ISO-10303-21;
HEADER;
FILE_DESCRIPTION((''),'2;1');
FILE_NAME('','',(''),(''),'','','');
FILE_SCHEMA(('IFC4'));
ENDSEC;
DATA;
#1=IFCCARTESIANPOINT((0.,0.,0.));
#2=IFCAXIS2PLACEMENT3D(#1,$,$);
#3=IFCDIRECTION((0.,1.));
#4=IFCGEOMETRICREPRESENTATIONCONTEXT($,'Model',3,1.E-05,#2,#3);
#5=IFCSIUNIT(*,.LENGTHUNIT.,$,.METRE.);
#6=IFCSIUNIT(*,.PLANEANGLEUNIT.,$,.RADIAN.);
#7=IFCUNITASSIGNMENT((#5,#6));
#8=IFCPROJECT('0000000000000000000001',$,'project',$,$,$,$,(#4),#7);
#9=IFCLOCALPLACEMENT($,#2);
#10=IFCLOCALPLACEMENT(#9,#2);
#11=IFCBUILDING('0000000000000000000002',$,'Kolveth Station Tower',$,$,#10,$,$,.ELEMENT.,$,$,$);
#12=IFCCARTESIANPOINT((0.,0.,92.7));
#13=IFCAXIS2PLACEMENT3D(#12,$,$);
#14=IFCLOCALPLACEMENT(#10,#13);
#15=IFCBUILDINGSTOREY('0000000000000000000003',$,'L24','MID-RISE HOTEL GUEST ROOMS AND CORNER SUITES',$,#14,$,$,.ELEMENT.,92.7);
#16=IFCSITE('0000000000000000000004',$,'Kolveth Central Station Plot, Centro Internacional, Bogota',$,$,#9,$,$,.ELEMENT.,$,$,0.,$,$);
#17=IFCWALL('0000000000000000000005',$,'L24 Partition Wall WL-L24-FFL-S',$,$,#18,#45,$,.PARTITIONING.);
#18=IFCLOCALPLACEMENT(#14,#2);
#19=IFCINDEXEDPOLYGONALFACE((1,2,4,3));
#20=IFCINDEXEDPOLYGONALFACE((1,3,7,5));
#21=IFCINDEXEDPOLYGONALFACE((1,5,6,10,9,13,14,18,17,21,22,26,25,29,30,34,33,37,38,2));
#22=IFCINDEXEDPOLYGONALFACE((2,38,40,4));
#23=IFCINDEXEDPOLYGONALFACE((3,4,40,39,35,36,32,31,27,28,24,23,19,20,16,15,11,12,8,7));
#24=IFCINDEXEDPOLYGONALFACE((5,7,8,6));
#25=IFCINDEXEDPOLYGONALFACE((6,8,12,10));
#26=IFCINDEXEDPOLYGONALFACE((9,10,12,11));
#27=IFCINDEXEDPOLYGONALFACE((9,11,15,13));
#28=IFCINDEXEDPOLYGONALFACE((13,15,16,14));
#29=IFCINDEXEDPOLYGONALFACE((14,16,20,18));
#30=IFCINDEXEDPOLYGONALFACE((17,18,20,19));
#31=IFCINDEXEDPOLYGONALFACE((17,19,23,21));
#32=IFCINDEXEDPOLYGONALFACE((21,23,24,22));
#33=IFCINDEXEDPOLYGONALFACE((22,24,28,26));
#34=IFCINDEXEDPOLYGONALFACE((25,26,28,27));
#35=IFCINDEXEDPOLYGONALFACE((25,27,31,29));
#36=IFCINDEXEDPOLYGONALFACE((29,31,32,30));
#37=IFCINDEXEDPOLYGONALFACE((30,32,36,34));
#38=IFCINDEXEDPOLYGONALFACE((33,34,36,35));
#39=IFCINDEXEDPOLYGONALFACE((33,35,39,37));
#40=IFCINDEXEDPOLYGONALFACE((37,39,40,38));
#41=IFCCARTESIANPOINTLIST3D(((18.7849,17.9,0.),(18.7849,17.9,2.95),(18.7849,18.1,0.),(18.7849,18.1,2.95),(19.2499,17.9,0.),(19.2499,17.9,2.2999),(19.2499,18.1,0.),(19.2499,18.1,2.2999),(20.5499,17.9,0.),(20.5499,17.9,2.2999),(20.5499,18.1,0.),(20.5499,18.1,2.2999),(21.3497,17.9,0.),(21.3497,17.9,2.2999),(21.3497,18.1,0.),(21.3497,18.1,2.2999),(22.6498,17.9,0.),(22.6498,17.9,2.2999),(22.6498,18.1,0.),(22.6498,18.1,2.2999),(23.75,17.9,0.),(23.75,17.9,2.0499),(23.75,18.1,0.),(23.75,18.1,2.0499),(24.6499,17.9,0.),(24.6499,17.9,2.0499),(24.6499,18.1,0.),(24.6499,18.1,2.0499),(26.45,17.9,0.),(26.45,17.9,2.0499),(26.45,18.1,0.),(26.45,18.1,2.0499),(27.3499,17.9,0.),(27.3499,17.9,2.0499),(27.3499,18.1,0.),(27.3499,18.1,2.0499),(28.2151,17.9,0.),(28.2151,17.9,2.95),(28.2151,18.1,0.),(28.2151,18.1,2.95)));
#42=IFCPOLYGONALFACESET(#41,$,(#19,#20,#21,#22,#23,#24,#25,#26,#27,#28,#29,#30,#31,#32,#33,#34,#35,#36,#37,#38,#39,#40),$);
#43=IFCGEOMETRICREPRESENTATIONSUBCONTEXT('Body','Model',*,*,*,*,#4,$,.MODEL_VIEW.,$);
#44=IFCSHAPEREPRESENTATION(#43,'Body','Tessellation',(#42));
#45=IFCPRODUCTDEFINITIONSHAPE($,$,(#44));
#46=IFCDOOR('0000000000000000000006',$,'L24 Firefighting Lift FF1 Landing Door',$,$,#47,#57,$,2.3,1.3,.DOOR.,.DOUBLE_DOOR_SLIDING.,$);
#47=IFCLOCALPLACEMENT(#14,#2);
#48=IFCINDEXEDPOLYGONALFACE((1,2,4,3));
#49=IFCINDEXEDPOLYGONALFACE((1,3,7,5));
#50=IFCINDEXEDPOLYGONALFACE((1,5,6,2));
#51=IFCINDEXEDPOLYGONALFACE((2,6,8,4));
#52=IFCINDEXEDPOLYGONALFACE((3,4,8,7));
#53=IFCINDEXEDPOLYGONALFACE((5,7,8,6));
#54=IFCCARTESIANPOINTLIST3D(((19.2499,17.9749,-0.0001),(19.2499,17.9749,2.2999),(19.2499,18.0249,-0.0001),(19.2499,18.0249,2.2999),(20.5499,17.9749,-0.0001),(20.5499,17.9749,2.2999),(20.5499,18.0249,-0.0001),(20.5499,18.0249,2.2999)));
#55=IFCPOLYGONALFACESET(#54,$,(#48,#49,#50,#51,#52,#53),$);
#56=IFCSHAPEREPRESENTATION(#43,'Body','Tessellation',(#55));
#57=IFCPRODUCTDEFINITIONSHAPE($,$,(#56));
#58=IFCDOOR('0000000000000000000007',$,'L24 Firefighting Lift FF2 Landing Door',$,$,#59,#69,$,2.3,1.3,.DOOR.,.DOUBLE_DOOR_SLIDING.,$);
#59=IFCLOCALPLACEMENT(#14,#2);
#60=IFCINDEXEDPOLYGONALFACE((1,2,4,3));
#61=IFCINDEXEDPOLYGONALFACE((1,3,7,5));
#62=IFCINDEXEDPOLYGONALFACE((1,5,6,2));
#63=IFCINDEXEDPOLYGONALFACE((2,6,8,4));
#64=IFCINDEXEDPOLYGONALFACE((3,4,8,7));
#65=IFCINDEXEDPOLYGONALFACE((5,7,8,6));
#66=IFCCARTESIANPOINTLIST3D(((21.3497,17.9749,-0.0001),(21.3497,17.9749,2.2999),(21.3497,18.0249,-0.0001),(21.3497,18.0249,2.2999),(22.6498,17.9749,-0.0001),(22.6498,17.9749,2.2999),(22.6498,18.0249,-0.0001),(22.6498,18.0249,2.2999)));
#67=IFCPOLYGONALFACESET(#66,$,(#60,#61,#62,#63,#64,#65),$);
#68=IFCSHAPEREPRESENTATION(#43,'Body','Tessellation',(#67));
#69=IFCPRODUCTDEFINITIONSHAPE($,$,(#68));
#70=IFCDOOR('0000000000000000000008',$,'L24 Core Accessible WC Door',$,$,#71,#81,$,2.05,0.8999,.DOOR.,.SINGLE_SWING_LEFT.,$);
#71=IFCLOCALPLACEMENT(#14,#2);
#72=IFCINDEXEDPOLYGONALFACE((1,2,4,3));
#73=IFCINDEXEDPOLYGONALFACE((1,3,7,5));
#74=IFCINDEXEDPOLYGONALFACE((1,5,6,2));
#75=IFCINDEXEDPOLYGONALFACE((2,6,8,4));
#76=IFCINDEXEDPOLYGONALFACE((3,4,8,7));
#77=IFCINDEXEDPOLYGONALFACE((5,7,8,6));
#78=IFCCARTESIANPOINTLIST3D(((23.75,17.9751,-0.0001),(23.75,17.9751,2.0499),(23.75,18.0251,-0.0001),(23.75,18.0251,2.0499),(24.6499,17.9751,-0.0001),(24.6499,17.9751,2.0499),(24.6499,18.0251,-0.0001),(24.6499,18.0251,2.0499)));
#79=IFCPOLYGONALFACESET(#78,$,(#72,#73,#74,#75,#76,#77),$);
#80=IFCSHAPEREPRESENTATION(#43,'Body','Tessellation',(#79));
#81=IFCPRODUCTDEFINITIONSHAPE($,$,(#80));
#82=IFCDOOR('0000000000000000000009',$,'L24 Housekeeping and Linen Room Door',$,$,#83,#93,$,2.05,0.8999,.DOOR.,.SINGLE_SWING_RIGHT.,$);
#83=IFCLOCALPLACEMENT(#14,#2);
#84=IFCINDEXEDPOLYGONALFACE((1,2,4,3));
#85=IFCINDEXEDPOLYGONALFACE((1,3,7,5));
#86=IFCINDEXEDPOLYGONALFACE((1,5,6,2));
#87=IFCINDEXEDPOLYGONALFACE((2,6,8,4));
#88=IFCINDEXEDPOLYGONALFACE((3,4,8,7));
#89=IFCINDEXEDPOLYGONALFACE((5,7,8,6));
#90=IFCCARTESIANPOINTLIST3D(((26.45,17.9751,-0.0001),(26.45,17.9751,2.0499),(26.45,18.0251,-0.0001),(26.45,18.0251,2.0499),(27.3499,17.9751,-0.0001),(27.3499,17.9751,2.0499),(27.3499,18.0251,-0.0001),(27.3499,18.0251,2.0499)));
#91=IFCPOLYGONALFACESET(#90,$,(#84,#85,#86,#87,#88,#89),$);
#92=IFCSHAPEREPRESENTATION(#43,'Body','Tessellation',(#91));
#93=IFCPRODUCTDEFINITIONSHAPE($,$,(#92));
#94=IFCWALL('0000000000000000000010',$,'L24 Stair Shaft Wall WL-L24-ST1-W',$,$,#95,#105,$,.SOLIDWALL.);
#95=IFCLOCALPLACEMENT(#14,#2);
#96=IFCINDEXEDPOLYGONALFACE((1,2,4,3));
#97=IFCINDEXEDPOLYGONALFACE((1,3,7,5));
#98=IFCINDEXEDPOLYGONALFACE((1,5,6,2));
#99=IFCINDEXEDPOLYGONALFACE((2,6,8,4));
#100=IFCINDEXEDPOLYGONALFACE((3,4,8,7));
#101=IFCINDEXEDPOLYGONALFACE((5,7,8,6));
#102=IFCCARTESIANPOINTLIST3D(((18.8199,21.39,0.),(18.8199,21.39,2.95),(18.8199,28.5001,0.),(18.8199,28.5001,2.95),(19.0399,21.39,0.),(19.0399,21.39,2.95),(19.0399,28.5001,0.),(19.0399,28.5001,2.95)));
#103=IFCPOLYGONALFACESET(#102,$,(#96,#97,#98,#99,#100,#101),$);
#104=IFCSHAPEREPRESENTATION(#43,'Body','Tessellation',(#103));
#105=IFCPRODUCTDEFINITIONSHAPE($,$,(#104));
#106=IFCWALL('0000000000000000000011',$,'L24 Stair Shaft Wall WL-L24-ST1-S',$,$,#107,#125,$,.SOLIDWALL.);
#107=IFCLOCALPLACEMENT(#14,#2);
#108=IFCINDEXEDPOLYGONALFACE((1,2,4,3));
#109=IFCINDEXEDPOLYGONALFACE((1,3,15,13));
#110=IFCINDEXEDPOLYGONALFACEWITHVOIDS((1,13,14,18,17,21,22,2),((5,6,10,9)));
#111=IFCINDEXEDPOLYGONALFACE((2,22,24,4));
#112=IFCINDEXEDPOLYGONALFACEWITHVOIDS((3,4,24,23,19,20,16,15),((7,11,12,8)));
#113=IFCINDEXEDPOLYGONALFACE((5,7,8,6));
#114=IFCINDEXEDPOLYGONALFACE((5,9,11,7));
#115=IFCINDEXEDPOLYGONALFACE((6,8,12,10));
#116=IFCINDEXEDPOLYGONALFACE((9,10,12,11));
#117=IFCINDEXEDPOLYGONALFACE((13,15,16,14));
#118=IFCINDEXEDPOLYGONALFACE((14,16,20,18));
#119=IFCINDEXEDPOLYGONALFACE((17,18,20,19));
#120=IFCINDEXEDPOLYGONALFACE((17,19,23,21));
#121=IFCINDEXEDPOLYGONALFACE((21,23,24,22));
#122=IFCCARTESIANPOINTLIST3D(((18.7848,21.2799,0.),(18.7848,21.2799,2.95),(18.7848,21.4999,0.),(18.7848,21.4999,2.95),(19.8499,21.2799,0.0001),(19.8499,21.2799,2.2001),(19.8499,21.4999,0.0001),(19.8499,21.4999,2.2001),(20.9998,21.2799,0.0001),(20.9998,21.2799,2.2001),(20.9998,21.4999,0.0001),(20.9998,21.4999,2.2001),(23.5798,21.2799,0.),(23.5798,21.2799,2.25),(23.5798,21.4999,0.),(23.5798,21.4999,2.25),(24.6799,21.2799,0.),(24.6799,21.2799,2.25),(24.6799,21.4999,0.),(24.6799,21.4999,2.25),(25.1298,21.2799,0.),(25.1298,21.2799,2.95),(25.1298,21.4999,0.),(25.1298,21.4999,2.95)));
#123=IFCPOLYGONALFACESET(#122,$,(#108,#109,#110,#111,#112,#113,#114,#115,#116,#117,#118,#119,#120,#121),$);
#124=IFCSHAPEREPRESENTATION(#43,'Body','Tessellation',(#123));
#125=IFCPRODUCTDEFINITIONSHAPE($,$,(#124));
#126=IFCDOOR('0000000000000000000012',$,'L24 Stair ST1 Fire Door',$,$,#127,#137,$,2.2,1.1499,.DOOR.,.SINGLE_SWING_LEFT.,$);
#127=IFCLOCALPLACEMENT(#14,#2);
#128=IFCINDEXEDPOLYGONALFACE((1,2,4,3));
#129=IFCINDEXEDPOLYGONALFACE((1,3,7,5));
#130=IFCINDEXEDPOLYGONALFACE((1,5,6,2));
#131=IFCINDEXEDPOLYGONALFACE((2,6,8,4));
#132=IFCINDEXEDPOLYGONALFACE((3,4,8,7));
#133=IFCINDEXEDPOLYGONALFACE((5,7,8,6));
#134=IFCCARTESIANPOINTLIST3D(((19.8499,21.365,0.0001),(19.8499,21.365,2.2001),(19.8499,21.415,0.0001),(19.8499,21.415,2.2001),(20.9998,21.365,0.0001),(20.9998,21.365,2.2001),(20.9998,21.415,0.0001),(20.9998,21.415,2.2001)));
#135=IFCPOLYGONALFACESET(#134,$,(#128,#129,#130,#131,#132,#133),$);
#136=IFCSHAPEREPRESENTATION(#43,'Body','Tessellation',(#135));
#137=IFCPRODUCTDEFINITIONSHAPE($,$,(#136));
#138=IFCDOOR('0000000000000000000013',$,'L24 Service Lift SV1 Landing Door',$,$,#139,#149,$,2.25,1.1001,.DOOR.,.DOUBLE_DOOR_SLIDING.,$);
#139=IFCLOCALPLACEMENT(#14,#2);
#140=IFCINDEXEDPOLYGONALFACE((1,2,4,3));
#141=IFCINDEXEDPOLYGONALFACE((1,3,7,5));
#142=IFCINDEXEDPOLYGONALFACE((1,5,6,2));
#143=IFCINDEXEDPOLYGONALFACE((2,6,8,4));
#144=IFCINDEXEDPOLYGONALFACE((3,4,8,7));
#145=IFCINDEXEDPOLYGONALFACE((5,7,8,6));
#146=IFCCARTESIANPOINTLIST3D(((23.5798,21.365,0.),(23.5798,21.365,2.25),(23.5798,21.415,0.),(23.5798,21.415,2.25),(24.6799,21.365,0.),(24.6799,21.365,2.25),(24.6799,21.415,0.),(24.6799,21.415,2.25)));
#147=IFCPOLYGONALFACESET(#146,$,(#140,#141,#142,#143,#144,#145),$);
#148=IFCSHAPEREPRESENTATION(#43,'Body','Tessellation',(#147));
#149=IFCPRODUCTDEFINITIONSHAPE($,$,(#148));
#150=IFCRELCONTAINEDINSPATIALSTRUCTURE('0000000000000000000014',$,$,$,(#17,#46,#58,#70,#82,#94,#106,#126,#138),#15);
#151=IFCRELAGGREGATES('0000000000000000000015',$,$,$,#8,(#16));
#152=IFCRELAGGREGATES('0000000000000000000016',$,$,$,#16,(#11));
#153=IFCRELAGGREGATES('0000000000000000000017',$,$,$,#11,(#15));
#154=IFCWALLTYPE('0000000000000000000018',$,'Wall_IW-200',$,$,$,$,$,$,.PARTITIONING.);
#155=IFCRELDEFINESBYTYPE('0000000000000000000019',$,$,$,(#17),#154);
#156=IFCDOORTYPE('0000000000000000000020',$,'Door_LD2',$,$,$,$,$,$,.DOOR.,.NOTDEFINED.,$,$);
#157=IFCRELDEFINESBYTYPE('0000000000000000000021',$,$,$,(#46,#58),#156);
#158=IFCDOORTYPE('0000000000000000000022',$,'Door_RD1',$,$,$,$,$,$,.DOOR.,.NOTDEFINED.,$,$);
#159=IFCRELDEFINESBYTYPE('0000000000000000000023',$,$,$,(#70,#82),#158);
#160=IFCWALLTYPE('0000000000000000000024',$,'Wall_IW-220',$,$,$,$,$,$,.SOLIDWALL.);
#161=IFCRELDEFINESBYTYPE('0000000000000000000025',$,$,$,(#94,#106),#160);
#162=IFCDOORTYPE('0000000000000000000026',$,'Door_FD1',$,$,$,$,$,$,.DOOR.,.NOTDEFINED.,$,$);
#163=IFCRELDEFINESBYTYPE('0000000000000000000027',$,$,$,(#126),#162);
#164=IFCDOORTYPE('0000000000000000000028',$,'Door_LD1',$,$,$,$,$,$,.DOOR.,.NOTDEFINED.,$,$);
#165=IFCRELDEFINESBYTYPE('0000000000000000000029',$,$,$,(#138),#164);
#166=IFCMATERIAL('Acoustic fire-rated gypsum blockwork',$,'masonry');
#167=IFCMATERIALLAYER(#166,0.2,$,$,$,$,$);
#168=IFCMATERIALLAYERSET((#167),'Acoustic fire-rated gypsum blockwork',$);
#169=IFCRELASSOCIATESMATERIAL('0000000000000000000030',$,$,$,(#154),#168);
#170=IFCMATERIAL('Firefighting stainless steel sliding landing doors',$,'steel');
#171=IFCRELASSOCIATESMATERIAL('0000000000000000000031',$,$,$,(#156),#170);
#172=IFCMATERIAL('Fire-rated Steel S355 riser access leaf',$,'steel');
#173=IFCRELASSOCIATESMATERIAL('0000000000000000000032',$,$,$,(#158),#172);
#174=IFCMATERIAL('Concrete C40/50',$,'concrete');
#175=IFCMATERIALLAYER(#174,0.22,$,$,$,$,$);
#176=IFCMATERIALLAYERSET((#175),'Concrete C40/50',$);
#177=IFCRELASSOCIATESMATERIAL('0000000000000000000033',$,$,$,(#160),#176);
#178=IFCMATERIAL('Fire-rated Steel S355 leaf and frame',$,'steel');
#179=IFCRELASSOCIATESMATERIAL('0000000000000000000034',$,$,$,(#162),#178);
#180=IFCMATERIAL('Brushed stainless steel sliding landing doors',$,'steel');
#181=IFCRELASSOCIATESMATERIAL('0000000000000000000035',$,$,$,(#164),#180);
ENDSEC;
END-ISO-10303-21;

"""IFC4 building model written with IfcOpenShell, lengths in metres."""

from ifc_helpers import new_model, si_unit, direction, frame, frame_2d, origin, place, context, subcontext, project, spatial, rectangle, extrude, material, layer, layer_set, type_object, element, fill, save


model = new_model("IFC4")

# Units and contexts
model_context = context("Model", 3, precision=1e-05, world=origin(), true_north=direction((0.0, 1.0)))
body_context = subcontext(model_context, "Body", "Model", "MODEL_VIEW")
ifc_project = project(units=[si_unit("LENGTHUNIT", "METRE"), si_unit("PLANEANGLEUNIT", "RADIAN")], contexts=[model_context])

# Site, building, storey
site_placement = place(None, origin())
site = spatial("IfcSite", under=ifc_project, at=site_placement, Name="Kolveth Central Station Plot, Centro Internacional, Bogota", CompositionType="ELEMENT", RefElevation=0.0)
building_placement = place(site_placement, origin())
building = spatial("IfcBuilding", under=site, at=building_placement, Name="Kolveth Station Tower", CompositionType="ELEMENT")
storey_placement = place(building_placement, frame((0.0, 0.0, 92.7)))
storey = spatial("IfcBuildingStorey", under=building, at=storey_placement, Name="L24", Description="MID-RISE HOTEL GUEST ROOMS AND CORNER SUITES", CompositionType="ELEMENT", Elevation=92.7)

# Wall, openings, doors
ifc_material_1 = material(Name="Acoustic fire-rated gypsum blockwork", Category="masonry")
ifc_layer_1 = layer(ifc_material_1, 0.2)
ifc_layer_set_1 = layer_set([ifc_layer_1], Name="Acoustic fire-rated gypsum blockwork")
wall_type_1 = type_object("IfcWallType", Name="Wall_IW-200", PredefinedType="PARTITIONING", material=ifc_layer_set_1)
wall_1_placement = place(storey_placement, frame((18.7849, 18.0, 0.0), z_axis=(0.0, 0.0, 1.0), x_axis=(1.0, 0.0, 0.0)))
wall_1 = element("IfcWall", 1, at=wall_1_placement, inside=storey, type_object=wall_type_1, Name="L24 Partition Wall WL-L24-FFL-S", PredefinedType="PARTITIONING", context=body_context, shape_type="SweptSolid", body=[
    extrude(rectangle(XDim=9.4302, YDim=0.2, at=frame_2d((4.7151, 0.0))), origin(), (0.0, 0.0, 1.0), 2.95),
])
opening_1_placement = place(wall_1_placement, frame((0.4651, 0.0, 0.0)))
opening_1 = element("IfcOpeningElement", 2, at=opening_1_placement, cuts=wall_1, PredefinedType="OPENING", context=body_context, shape_type="SweptSolid", body=[
    extrude(rectangle(XDim=1.3, YDim=2.3, at=frame_2d((0.6499, 1.1499))), frame((0.0, 0.1099, 0.0), z_axis=(0.0, -1.0, 0.0), x_axis=(1.0, 0.0, 0.0)), (0.0, 0.0, 1.0), 0.22),
])
opening_2_placement = place(wall_1_placement, frame((2.5649, 0.0, 0.0)))
opening_2 = element("IfcOpeningElement", 3, at=opening_2_placement, cuts=wall_1, PredefinedType="OPENING", context=body_context, shape_type="SweptSolid", body=[
    extrude(rectangle(XDim=1.3, YDim=2.3, at=frame_2d((0.6499, 1.1499))), frame((0.0, 0.1099, 0.0), z_axis=(0.0, -1.0, 0.0), x_axis=(1.0, 0.0, 0.0)), (0.0, 0.0, 1.0), 0.22),
])
opening_3_placement = place(wall_1_placement, frame((4.9651, 0.0, 0.0)))
opening_3 = element("IfcOpeningElement", 4, at=opening_3_placement, cuts=wall_1, PredefinedType="OPENING", context=body_context, shape_type="SweptSolid", body=[
    extrude(rectangle(XDim=0.8999, YDim=2.05, at=frame_2d((0.45, 1.0249))), frame((0.0, 0.1099, 0.0), z_axis=(0.0, -1.0, 0.0), x_axis=(1.0, 0.0, 0.0)), (0.0, 0.0, 1.0), 0.22),
])
opening_4_placement = place(wall_1_placement, frame((7.665, 0.0, 0.0)))
opening_4 = element("IfcOpeningElement", 5, at=opening_4_placement, cuts=wall_1, PredefinedType="OPENING", context=body_context, shape_type="SweptSolid", body=[
    extrude(rectangle(XDim=0.8999, YDim=2.05, at=frame_2d((0.45, 1.0249))), frame((0.0, 0.1099, 0.0), z_axis=(0.0, -1.0, 0.0), x_axis=(1.0, 0.0, 0.0)), (0.0, 0.0, 1.0), 0.22),
])
ifc_material_2 = material(Name="Firefighting stainless steel sliding landing doors", Category="steel")
door_type_1 = type_object("IfcDoorType", Name="Door_LD2", OperationType="NOTDEFINED", PredefinedType="DOOR", material=ifc_material_2)
door_1_placement = place(opening_1_placement, origin())
door_1 = element("IfcDoor", 6, at=door_1_placement, inside=storey, type_object=door_type_1, Name="L24 Firefighting Lift FF1 Landing Door", OperationType="DOUBLE_DOOR_SLIDING", OverallHeight=2.3, OverallWidth=1.3, PredefinedType="DOOR", context=body_context, shape_type="SweptSolid", body=[
    extrude(rectangle(XDim=1.3, YDim=2.3, at=frame_2d((0.6499, 1.1499))), frame((0.0, 0.0249, 0.0), z_axis=(0.0, -1.0, 0.0), x_axis=(1.0, 0.0, 0.0)), (0.0, 0.0, 1.0), 0.05),
])
fill(opening_1, door_1)
door_2_placement = place(opening_2_placement, origin())
door_2 = element("IfcDoor", 7, at=door_2_placement, inside=storey, type_object=door_type_1, Name="L24 Firefighting Lift FF2 Landing Door", OperationType="DOUBLE_DOOR_SLIDING", OverallHeight=2.3, OverallWidth=1.3, PredefinedType="DOOR", context=body_context, shape_type="SweptSolid", body=[
    extrude(rectangle(XDim=1.3, YDim=2.3, at=frame_2d((0.6499, 1.1499))), frame((0.0, 0.0249, 0.0), z_axis=(0.0, -1.0, 0.0), x_axis=(1.0, 0.0, 0.0)), (0.0, 0.0, 1.0), 0.05),
])
fill(opening_2, door_2)
ifc_material_3 = material(Name="Fire-rated Steel S355 riser access leaf", Category="steel")
door_type_2 = type_object("IfcDoorType", Name="Door_RD1", OperationType="NOTDEFINED", PredefinedType="DOOR", material=ifc_material_3)
door_3_placement = place(opening_3_placement, frame((0.8999, 0.0, 0.0), z_axis=(0.0, 0.0, 1.0), x_axis=(-1.0, 0.0, 0.0)))
door_3 = element("IfcDoor", 8, at=door_3_placement, inside=storey, type_object=door_type_2, Name="L24 Core Accessible WC Door", OperationType="SINGLE_SWING_LEFT", OverallHeight=2.05, OverallWidth=0.8999, PredefinedType="DOOR", context=body_context, shape_type="SweptSolid", body=[
    extrude(rectangle(XDim=0.8999, YDim=2.05, at=frame_2d((0.45, 1.0249))), frame((0.0, 0.0249, 0.0), z_axis=(0.0, -1.0, 0.0), x_axis=(1.0, 0.0, 0.0)), (0.0, 0.0, 1.0), 0.05),
])
fill(opening_3, door_3)
door_4_placement = place(opening_4_placement, frame((0.8999, 0.0, 0.0), z_axis=(0.0, 0.0, 1.0), x_axis=(-1.0, 0.0, 0.0)))
door_4 = element("IfcDoor", 9, at=door_4_placement, inside=storey, type_object=door_type_2, Name="L24 Housekeeping and Linen Room Door", OperationType="SINGLE_SWING_RIGHT", OverallHeight=2.05, OverallWidth=0.8999, PredefinedType="DOOR", context=body_context, shape_type="SweptSolid", body=[
    extrude(rectangle(XDim=0.8999, YDim=2.05, at=frame_2d((0.45, 1.0249))), frame((0.0, 0.0249, 0.0), z_axis=(0.0, -1.0, 0.0), x_axis=(1.0, 0.0, 0.0)), (0.0, 0.0, 1.0), 0.05),
])
fill(opening_4, door_4)

# Wall
ifc_material_4 = material(Name="Concrete C40/50", Category="concrete")
ifc_layer_2 = layer(ifc_material_4, 0.22)
ifc_layer_set_2 = layer_set([ifc_layer_2], Name="Concrete C40/50")
wall_type_2 = type_object("IfcWallType", Name="Wall_IW-220", PredefinedType="SOLIDWALL", material=ifc_layer_set_2)
wall_2_placement = place(storey_placement, frame((18.9299, 21.3899, 0.0), z_axis=(0.0, 0.0, 1.0), x_axis=(0.0, 1.0, 0.0)))
element("IfcWall", 10, at=wall_2_placement, inside=storey, type_object=wall_type_2, Name="L24 Stair Shaft Wall WL-L24-ST1-W", PredefinedType="SOLIDWALL", context=body_context, shape_type="SweptSolid", body=[
    extrude(rectangle(XDim=7.1101, YDim=0.22, at=frame_2d((3.5552, 0.0))), origin(), (0.0, 0.0, 1.0), 2.95),
])

# Wall, openings, doors
wall_3_placement = place(storey_placement, frame((18.7849, 21.3899, 0.0), z_axis=(0.0, 0.0, 1.0), x_axis=(1.0, 0.0, 0.0)))
wall_3 = element("IfcWall", 11, at=wall_3_placement, inside=storey, type_object=wall_type_2, Name="L24 Stair Shaft Wall WL-L24-ST1-S", PredefinedType="SOLIDWALL", context=body_context, shape_type="SweptSolid", body=[
    extrude(rectangle(XDim=6.345, YDim=0.22, at=frame_2d((3.1724, 0.0))), origin(), (0.0, 0.0, 1.0), 2.95),
])
opening_5_placement = place(wall_3_placement, frame((1.0649, 0.0, 0.0)))
opening_5 = element("IfcOpeningElement", 12, at=opening_5_placement, cuts=wall_3, PredefinedType="OPENING", context=body_context, shape_type="SweptSolid", body=[
    extrude(rectangle(XDim=1.1499, YDim=2.2, at=frame_2d((0.575, 1.1001))), frame((0.0, 0.1199, 0.0), z_axis=(0.0, -1.0, 0.0), x_axis=(1.0, 0.0, 0.0)), (0.0, 0.0, 1.0), 0.24),
])
opening_6_placement = place(wall_3_placement, frame((4.7949, 0.0, 0.0)))
opening_6 = element("IfcOpeningElement", 13, at=opening_6_placement, cuts=wall_3, PredefinedType="OPENING", context=body_context, shape_type="SweptSolid", body=[
    extrude(rectangle(XDim=1.1001, YDim=2.25, at=frame_2d((0.55, 1.125))), frame((0.0, 0.1199, 0.0), z_axis=(0.0, -1.0, 0.0), x_axis=(1.0, 0.0, 0.0)), (0.0, 0.0, 1.0), 0.24),
])
ifc_material_5 = material(Name="Fire-rated Steel S355 leaf and frame", Category="steel")
door_type_3 = type_object("IfcDoorType", Name="Door_FD1", OperationType="NOTDEFINED", PredefinedType="DOOR", material=ifc_material_5)
door_5_placement = place(opening_5_placement, frame((1.1499, 0.0, 0.0), z_axis=(0.0, 0.0, 1.0), x_axis=(-1.0, 0.0, 0.0)))
door_5 = element("IfcDoor", 14, at=door_5_placement, inside=storey, type_object=door_type_3, Name="L24 Stair ST1 Fire Door", OperationType="SINGLE_SWING_LEFT", OverallHeight=2.2, OverallWidth=1.1499, PredefinedType="DOOR", context=body_context, shape_type="SweptSolid", body=[
    extrude(rectangle(XDim=1.1499, YDim=2.2, at=frame_2d((0.575, 1.1001))), frame((0.0, 0.0249, 0.0), z_axis=(0.0, -1.0, 0.0), x_axis=(1.0, 0.0, 0.0)), (0.0, 0.0, 1.0), 0.05),
])
fill(opening_5, door_5)
ifc_material_6 = material(Name="Brushed stainless steel sliding landing doors", Category="steel")
door_type_4 = type_object("IfcDoorType", Name="Door_LD1", OperationType="NOTDEFINED", PredefinedType="DOOR", material=ifc_material_6)
door_6_placement = place(opening_6_placement, frame((1.1001, 0.0, 0.0), z_axis=(0.0, 0.0, 1.0), x_axis=(-1.0, 0.0, 0.0)))
door_6 = element("IfcDoor", 15, at=door_6_placement, inside=storey, type_object=door_type_4, Name="L24 Service Lift SV1 Landing Door", OperationType="DOUBLE_DOOR_SLIDING", OverallHeight=2.25, OverallWidth=1.1001, PredefinedType="DOOR", context=body_context, shape_type="SweptSolid", body=[
    extrude(rectangle(XDim=1.1001, YDim=2.25, at=frame_2d((0.55, 1.125))), frame((0.0, 0.0249, 0.0), z_axis=(0.0, -1.0, 0.0), x_axis=(1.0, 0.0, 0.0)), (0.0, 0.0, 1.0), 0.05),
])
fill(opening_6, door_6)

save(model, "model.ifc")
